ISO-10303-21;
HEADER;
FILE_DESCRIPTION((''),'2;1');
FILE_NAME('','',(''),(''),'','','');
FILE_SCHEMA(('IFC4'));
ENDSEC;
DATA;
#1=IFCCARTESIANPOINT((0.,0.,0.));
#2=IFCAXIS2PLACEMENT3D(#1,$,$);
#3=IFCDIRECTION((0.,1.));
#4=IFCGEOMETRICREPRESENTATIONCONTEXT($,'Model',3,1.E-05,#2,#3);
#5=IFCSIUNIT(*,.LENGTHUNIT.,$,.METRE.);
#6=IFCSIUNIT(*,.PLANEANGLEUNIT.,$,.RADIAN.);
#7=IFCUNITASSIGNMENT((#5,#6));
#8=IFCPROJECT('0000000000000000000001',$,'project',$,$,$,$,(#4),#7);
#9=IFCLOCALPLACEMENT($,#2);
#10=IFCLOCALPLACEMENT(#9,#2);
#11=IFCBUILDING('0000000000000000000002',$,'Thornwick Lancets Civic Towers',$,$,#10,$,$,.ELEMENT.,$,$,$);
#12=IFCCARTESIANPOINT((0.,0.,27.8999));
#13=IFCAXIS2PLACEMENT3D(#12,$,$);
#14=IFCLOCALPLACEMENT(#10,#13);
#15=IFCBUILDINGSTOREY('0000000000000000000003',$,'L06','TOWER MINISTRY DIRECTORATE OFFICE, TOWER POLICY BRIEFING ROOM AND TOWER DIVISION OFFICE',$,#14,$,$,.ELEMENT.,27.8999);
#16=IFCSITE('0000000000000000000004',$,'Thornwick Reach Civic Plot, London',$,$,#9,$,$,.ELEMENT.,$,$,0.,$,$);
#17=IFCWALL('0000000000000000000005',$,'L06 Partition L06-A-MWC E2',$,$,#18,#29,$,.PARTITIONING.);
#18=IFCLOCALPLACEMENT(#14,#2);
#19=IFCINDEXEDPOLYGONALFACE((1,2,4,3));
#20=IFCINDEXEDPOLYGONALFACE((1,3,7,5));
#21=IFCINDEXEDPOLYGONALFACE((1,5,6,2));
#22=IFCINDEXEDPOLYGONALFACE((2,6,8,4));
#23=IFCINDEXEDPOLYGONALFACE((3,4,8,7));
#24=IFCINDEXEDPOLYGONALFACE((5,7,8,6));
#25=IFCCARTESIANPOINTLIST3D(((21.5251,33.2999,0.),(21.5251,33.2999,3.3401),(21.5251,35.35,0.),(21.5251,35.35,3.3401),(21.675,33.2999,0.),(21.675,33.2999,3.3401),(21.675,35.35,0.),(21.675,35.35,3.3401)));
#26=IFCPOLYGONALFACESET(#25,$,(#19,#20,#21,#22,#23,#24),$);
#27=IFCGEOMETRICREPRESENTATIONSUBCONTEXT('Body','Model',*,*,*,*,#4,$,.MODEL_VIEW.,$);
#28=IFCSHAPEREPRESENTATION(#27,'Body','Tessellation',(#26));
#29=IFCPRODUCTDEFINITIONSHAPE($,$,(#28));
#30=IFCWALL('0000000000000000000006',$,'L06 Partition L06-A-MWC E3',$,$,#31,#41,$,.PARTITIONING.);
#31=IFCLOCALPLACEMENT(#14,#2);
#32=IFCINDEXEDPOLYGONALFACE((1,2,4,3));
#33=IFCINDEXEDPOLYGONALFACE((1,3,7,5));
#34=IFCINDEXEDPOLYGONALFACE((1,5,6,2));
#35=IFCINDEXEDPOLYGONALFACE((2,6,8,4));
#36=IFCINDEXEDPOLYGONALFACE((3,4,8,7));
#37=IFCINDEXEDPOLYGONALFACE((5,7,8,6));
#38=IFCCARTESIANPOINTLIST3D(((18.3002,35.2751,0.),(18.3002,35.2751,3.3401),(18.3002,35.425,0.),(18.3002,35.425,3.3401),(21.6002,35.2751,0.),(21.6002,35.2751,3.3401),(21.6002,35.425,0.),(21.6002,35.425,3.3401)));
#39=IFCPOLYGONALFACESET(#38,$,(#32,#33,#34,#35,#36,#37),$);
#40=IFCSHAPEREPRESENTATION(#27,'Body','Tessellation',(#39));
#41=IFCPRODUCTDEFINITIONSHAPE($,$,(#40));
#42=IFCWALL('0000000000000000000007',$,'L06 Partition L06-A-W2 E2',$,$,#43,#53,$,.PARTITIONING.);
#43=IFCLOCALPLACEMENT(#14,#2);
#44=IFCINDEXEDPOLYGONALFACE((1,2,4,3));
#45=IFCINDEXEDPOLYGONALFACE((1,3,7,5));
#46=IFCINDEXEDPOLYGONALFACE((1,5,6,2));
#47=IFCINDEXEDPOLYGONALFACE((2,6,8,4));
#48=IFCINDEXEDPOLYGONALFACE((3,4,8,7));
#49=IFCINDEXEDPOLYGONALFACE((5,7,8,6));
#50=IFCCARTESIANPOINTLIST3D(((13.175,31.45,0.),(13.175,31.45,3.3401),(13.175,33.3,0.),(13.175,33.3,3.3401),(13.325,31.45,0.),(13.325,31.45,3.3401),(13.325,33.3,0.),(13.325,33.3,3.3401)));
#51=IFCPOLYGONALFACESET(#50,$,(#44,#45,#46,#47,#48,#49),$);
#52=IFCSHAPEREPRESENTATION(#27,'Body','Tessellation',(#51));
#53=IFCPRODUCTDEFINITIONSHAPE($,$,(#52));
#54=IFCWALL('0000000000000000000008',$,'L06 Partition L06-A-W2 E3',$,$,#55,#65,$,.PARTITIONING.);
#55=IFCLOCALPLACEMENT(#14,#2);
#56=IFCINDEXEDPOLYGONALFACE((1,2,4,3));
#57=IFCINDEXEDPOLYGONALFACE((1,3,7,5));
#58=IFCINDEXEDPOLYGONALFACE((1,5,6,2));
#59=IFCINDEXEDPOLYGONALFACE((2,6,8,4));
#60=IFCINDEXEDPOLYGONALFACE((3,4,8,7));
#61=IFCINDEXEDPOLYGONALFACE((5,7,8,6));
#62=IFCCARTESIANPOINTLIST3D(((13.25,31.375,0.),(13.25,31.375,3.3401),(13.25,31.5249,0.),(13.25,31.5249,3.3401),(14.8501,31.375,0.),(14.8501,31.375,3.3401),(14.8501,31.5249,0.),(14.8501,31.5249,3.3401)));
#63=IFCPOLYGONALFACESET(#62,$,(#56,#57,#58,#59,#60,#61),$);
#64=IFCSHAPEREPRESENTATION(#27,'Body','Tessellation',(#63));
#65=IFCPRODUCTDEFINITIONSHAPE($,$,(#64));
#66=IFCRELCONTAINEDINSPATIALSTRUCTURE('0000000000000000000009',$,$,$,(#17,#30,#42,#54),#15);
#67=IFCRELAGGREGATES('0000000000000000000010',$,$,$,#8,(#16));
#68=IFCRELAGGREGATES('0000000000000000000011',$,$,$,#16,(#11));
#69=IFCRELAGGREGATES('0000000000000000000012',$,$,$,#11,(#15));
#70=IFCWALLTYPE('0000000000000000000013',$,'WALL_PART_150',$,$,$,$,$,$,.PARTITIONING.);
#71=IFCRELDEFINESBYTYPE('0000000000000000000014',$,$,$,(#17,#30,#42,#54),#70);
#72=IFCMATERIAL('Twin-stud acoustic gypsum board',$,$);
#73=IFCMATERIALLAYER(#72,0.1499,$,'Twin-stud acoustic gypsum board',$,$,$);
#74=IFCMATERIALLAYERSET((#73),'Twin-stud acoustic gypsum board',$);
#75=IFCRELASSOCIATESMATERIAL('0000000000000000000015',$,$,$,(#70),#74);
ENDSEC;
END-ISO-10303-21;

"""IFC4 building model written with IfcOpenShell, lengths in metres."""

from ifc_helpers import new_model, si_unit, direction, frame, frame_2d, origin, place, context, subcontext, project, spatial, rectangle, extrude, material, layer, layer_set, type_object, element, save


model = new_model("IFC4")

# Units and contexts
model_context = context("Model", 3, precision=1e-05, world=origin(), true_north=direction((0.0, 1.0)))
body_context = subcontext(model_context, "Body", "Model", "MODEL_VIEW")
ifc_project = project(units=[si_unit("LENGTHUNIT", "METRE"), si_unit("PLANEANGLEUNIT", "RADIAN")], contexts=[model_context])

# Site, building, storey
site_placement = place(None, origin())
site = spatial("IfcSite", under=ifc_project, at=site_placement, Name="Thornwick Reach Civic Plot, London", CompositionType="ELEMENT", RefElevation=0.0)
building_placement = place(site_placement, origin())
building = spatial("IfcBuilding", under=site, at=building_placement, Name="Thornwick Lancets Civic Towers", CompositionType="ELEMENT")
storey_placement = place(building_placement, frame((0.0, 0.0, 27.8999)))
storey = spatial("IfcBuildingStorey", under=building, at=storey_placement, Name="L06", Description="TOWER MINISTRY DIRECTORATE OFFICE, TOWER POLICY BRIEFING ROOM AND TOWER DIVISION OFFICE", CompositionType="ELEMENT", Elevation=27.8999)

# Shared definitions
ifc_material_1 = material(Name="Twin-stud acoustic gypsum board")
ifc_layer_1 = layer(ifc_material_1, 0.1499, Name="Twin-stud acoustic gypsum board")
ifc_layer_set_1 = layer_set([ifc_layer_1], Name="Twin-stud acoustic gypsum board")
wall_type_1 = type_object("IfcWallType", Name="WALL_PART_150", PredefinedType="PARTITIONING", material=ifc_layer_set_1)

# Walls
wall_1_placement = place(storey_placement, frame((21.6001, 33.3, 0.0), z_axis=(0.0, 0.0, 1.0), x_axis=(0.0, 1.0, 0.0)))
element("IfcWall", 1, at=wall_1_placement, inside=storey, type_object=wall_type_1, Name="L06 Partition L06-A-MWC E2", PredefinedType="PARTITIONING", context=body_context, shape_type="SweptSolid", body=[
    extrude(rectangle(XDim=2.05, YDim=0.1499, at=frame_2d((1.0249, 0.0))), origin(), (0.0, 0.0, 1.0), 3.3401),
])
wall_2_placement = place(storey_placement, frame((21.6001, 35.3501, 0.0), z_axis=(0.0, 0.0, 1.0), x_axis=(-1.0, 0.0, 0.0)))
element("IfcWall", 2, at=wall_2_placement, inside=storey, type_object=wall_type_1, Name="L06 Partition L06-A-MWC E3", PredefinedType="PARTITIONING", context=body_context, shape_type="SweptSolid", body=[
    extrude(rectangle(XDim=3.3, YDim=0.1499, at=frame_2d((1.6499, 0.0))), origin(), (0.0, 0.0, 1.0), 3.3401),
])
wall_3_placement = place(storey_placement, frame((13.25, 33.3, 0.0), z_axis=(0.0, 0.0, 1.0), x_axis=(0.0, -1.0, 0.0)))
element("IfcWall", 3, at=wall_3_placement, inside=storey, type_object=wall_type_1, Name="L06 Partition L06-A-W2 E2", PredefinedType="PARTITIONING", context=body_context, shape_type="SweptSolid", body=[
    extrude(rectangle(XDim=1.8501, YDim=0.1499, at=frame_2d((0.925, 0.0))), origin(), (0.0, 0.0, 1.0), 3.3401),
])
wall_4_placement = place(storey_placement, frame((13.25, 31.45, 0.0), z_axis=(0.0, 0.0, 1.0), x_axis=(1.0, 0.0, 0.0)))
element("IfcWall", 4, at=wall_4_placement, inside=storey, type_object=wall_type_1, Name="L06 Partition L06-A-W2 E3", PredefinedType="PARTITIONING", context=body_context, shape_type="SweptSolid", body=[
    extrude(rectangle(XDim=1.6001, YDim=0.1499, at=frame_2d((0.8, 0.0))), origin(), (0.0, 0.0, 1.0), 3.3401),
])

save(model, "model.ifc")
